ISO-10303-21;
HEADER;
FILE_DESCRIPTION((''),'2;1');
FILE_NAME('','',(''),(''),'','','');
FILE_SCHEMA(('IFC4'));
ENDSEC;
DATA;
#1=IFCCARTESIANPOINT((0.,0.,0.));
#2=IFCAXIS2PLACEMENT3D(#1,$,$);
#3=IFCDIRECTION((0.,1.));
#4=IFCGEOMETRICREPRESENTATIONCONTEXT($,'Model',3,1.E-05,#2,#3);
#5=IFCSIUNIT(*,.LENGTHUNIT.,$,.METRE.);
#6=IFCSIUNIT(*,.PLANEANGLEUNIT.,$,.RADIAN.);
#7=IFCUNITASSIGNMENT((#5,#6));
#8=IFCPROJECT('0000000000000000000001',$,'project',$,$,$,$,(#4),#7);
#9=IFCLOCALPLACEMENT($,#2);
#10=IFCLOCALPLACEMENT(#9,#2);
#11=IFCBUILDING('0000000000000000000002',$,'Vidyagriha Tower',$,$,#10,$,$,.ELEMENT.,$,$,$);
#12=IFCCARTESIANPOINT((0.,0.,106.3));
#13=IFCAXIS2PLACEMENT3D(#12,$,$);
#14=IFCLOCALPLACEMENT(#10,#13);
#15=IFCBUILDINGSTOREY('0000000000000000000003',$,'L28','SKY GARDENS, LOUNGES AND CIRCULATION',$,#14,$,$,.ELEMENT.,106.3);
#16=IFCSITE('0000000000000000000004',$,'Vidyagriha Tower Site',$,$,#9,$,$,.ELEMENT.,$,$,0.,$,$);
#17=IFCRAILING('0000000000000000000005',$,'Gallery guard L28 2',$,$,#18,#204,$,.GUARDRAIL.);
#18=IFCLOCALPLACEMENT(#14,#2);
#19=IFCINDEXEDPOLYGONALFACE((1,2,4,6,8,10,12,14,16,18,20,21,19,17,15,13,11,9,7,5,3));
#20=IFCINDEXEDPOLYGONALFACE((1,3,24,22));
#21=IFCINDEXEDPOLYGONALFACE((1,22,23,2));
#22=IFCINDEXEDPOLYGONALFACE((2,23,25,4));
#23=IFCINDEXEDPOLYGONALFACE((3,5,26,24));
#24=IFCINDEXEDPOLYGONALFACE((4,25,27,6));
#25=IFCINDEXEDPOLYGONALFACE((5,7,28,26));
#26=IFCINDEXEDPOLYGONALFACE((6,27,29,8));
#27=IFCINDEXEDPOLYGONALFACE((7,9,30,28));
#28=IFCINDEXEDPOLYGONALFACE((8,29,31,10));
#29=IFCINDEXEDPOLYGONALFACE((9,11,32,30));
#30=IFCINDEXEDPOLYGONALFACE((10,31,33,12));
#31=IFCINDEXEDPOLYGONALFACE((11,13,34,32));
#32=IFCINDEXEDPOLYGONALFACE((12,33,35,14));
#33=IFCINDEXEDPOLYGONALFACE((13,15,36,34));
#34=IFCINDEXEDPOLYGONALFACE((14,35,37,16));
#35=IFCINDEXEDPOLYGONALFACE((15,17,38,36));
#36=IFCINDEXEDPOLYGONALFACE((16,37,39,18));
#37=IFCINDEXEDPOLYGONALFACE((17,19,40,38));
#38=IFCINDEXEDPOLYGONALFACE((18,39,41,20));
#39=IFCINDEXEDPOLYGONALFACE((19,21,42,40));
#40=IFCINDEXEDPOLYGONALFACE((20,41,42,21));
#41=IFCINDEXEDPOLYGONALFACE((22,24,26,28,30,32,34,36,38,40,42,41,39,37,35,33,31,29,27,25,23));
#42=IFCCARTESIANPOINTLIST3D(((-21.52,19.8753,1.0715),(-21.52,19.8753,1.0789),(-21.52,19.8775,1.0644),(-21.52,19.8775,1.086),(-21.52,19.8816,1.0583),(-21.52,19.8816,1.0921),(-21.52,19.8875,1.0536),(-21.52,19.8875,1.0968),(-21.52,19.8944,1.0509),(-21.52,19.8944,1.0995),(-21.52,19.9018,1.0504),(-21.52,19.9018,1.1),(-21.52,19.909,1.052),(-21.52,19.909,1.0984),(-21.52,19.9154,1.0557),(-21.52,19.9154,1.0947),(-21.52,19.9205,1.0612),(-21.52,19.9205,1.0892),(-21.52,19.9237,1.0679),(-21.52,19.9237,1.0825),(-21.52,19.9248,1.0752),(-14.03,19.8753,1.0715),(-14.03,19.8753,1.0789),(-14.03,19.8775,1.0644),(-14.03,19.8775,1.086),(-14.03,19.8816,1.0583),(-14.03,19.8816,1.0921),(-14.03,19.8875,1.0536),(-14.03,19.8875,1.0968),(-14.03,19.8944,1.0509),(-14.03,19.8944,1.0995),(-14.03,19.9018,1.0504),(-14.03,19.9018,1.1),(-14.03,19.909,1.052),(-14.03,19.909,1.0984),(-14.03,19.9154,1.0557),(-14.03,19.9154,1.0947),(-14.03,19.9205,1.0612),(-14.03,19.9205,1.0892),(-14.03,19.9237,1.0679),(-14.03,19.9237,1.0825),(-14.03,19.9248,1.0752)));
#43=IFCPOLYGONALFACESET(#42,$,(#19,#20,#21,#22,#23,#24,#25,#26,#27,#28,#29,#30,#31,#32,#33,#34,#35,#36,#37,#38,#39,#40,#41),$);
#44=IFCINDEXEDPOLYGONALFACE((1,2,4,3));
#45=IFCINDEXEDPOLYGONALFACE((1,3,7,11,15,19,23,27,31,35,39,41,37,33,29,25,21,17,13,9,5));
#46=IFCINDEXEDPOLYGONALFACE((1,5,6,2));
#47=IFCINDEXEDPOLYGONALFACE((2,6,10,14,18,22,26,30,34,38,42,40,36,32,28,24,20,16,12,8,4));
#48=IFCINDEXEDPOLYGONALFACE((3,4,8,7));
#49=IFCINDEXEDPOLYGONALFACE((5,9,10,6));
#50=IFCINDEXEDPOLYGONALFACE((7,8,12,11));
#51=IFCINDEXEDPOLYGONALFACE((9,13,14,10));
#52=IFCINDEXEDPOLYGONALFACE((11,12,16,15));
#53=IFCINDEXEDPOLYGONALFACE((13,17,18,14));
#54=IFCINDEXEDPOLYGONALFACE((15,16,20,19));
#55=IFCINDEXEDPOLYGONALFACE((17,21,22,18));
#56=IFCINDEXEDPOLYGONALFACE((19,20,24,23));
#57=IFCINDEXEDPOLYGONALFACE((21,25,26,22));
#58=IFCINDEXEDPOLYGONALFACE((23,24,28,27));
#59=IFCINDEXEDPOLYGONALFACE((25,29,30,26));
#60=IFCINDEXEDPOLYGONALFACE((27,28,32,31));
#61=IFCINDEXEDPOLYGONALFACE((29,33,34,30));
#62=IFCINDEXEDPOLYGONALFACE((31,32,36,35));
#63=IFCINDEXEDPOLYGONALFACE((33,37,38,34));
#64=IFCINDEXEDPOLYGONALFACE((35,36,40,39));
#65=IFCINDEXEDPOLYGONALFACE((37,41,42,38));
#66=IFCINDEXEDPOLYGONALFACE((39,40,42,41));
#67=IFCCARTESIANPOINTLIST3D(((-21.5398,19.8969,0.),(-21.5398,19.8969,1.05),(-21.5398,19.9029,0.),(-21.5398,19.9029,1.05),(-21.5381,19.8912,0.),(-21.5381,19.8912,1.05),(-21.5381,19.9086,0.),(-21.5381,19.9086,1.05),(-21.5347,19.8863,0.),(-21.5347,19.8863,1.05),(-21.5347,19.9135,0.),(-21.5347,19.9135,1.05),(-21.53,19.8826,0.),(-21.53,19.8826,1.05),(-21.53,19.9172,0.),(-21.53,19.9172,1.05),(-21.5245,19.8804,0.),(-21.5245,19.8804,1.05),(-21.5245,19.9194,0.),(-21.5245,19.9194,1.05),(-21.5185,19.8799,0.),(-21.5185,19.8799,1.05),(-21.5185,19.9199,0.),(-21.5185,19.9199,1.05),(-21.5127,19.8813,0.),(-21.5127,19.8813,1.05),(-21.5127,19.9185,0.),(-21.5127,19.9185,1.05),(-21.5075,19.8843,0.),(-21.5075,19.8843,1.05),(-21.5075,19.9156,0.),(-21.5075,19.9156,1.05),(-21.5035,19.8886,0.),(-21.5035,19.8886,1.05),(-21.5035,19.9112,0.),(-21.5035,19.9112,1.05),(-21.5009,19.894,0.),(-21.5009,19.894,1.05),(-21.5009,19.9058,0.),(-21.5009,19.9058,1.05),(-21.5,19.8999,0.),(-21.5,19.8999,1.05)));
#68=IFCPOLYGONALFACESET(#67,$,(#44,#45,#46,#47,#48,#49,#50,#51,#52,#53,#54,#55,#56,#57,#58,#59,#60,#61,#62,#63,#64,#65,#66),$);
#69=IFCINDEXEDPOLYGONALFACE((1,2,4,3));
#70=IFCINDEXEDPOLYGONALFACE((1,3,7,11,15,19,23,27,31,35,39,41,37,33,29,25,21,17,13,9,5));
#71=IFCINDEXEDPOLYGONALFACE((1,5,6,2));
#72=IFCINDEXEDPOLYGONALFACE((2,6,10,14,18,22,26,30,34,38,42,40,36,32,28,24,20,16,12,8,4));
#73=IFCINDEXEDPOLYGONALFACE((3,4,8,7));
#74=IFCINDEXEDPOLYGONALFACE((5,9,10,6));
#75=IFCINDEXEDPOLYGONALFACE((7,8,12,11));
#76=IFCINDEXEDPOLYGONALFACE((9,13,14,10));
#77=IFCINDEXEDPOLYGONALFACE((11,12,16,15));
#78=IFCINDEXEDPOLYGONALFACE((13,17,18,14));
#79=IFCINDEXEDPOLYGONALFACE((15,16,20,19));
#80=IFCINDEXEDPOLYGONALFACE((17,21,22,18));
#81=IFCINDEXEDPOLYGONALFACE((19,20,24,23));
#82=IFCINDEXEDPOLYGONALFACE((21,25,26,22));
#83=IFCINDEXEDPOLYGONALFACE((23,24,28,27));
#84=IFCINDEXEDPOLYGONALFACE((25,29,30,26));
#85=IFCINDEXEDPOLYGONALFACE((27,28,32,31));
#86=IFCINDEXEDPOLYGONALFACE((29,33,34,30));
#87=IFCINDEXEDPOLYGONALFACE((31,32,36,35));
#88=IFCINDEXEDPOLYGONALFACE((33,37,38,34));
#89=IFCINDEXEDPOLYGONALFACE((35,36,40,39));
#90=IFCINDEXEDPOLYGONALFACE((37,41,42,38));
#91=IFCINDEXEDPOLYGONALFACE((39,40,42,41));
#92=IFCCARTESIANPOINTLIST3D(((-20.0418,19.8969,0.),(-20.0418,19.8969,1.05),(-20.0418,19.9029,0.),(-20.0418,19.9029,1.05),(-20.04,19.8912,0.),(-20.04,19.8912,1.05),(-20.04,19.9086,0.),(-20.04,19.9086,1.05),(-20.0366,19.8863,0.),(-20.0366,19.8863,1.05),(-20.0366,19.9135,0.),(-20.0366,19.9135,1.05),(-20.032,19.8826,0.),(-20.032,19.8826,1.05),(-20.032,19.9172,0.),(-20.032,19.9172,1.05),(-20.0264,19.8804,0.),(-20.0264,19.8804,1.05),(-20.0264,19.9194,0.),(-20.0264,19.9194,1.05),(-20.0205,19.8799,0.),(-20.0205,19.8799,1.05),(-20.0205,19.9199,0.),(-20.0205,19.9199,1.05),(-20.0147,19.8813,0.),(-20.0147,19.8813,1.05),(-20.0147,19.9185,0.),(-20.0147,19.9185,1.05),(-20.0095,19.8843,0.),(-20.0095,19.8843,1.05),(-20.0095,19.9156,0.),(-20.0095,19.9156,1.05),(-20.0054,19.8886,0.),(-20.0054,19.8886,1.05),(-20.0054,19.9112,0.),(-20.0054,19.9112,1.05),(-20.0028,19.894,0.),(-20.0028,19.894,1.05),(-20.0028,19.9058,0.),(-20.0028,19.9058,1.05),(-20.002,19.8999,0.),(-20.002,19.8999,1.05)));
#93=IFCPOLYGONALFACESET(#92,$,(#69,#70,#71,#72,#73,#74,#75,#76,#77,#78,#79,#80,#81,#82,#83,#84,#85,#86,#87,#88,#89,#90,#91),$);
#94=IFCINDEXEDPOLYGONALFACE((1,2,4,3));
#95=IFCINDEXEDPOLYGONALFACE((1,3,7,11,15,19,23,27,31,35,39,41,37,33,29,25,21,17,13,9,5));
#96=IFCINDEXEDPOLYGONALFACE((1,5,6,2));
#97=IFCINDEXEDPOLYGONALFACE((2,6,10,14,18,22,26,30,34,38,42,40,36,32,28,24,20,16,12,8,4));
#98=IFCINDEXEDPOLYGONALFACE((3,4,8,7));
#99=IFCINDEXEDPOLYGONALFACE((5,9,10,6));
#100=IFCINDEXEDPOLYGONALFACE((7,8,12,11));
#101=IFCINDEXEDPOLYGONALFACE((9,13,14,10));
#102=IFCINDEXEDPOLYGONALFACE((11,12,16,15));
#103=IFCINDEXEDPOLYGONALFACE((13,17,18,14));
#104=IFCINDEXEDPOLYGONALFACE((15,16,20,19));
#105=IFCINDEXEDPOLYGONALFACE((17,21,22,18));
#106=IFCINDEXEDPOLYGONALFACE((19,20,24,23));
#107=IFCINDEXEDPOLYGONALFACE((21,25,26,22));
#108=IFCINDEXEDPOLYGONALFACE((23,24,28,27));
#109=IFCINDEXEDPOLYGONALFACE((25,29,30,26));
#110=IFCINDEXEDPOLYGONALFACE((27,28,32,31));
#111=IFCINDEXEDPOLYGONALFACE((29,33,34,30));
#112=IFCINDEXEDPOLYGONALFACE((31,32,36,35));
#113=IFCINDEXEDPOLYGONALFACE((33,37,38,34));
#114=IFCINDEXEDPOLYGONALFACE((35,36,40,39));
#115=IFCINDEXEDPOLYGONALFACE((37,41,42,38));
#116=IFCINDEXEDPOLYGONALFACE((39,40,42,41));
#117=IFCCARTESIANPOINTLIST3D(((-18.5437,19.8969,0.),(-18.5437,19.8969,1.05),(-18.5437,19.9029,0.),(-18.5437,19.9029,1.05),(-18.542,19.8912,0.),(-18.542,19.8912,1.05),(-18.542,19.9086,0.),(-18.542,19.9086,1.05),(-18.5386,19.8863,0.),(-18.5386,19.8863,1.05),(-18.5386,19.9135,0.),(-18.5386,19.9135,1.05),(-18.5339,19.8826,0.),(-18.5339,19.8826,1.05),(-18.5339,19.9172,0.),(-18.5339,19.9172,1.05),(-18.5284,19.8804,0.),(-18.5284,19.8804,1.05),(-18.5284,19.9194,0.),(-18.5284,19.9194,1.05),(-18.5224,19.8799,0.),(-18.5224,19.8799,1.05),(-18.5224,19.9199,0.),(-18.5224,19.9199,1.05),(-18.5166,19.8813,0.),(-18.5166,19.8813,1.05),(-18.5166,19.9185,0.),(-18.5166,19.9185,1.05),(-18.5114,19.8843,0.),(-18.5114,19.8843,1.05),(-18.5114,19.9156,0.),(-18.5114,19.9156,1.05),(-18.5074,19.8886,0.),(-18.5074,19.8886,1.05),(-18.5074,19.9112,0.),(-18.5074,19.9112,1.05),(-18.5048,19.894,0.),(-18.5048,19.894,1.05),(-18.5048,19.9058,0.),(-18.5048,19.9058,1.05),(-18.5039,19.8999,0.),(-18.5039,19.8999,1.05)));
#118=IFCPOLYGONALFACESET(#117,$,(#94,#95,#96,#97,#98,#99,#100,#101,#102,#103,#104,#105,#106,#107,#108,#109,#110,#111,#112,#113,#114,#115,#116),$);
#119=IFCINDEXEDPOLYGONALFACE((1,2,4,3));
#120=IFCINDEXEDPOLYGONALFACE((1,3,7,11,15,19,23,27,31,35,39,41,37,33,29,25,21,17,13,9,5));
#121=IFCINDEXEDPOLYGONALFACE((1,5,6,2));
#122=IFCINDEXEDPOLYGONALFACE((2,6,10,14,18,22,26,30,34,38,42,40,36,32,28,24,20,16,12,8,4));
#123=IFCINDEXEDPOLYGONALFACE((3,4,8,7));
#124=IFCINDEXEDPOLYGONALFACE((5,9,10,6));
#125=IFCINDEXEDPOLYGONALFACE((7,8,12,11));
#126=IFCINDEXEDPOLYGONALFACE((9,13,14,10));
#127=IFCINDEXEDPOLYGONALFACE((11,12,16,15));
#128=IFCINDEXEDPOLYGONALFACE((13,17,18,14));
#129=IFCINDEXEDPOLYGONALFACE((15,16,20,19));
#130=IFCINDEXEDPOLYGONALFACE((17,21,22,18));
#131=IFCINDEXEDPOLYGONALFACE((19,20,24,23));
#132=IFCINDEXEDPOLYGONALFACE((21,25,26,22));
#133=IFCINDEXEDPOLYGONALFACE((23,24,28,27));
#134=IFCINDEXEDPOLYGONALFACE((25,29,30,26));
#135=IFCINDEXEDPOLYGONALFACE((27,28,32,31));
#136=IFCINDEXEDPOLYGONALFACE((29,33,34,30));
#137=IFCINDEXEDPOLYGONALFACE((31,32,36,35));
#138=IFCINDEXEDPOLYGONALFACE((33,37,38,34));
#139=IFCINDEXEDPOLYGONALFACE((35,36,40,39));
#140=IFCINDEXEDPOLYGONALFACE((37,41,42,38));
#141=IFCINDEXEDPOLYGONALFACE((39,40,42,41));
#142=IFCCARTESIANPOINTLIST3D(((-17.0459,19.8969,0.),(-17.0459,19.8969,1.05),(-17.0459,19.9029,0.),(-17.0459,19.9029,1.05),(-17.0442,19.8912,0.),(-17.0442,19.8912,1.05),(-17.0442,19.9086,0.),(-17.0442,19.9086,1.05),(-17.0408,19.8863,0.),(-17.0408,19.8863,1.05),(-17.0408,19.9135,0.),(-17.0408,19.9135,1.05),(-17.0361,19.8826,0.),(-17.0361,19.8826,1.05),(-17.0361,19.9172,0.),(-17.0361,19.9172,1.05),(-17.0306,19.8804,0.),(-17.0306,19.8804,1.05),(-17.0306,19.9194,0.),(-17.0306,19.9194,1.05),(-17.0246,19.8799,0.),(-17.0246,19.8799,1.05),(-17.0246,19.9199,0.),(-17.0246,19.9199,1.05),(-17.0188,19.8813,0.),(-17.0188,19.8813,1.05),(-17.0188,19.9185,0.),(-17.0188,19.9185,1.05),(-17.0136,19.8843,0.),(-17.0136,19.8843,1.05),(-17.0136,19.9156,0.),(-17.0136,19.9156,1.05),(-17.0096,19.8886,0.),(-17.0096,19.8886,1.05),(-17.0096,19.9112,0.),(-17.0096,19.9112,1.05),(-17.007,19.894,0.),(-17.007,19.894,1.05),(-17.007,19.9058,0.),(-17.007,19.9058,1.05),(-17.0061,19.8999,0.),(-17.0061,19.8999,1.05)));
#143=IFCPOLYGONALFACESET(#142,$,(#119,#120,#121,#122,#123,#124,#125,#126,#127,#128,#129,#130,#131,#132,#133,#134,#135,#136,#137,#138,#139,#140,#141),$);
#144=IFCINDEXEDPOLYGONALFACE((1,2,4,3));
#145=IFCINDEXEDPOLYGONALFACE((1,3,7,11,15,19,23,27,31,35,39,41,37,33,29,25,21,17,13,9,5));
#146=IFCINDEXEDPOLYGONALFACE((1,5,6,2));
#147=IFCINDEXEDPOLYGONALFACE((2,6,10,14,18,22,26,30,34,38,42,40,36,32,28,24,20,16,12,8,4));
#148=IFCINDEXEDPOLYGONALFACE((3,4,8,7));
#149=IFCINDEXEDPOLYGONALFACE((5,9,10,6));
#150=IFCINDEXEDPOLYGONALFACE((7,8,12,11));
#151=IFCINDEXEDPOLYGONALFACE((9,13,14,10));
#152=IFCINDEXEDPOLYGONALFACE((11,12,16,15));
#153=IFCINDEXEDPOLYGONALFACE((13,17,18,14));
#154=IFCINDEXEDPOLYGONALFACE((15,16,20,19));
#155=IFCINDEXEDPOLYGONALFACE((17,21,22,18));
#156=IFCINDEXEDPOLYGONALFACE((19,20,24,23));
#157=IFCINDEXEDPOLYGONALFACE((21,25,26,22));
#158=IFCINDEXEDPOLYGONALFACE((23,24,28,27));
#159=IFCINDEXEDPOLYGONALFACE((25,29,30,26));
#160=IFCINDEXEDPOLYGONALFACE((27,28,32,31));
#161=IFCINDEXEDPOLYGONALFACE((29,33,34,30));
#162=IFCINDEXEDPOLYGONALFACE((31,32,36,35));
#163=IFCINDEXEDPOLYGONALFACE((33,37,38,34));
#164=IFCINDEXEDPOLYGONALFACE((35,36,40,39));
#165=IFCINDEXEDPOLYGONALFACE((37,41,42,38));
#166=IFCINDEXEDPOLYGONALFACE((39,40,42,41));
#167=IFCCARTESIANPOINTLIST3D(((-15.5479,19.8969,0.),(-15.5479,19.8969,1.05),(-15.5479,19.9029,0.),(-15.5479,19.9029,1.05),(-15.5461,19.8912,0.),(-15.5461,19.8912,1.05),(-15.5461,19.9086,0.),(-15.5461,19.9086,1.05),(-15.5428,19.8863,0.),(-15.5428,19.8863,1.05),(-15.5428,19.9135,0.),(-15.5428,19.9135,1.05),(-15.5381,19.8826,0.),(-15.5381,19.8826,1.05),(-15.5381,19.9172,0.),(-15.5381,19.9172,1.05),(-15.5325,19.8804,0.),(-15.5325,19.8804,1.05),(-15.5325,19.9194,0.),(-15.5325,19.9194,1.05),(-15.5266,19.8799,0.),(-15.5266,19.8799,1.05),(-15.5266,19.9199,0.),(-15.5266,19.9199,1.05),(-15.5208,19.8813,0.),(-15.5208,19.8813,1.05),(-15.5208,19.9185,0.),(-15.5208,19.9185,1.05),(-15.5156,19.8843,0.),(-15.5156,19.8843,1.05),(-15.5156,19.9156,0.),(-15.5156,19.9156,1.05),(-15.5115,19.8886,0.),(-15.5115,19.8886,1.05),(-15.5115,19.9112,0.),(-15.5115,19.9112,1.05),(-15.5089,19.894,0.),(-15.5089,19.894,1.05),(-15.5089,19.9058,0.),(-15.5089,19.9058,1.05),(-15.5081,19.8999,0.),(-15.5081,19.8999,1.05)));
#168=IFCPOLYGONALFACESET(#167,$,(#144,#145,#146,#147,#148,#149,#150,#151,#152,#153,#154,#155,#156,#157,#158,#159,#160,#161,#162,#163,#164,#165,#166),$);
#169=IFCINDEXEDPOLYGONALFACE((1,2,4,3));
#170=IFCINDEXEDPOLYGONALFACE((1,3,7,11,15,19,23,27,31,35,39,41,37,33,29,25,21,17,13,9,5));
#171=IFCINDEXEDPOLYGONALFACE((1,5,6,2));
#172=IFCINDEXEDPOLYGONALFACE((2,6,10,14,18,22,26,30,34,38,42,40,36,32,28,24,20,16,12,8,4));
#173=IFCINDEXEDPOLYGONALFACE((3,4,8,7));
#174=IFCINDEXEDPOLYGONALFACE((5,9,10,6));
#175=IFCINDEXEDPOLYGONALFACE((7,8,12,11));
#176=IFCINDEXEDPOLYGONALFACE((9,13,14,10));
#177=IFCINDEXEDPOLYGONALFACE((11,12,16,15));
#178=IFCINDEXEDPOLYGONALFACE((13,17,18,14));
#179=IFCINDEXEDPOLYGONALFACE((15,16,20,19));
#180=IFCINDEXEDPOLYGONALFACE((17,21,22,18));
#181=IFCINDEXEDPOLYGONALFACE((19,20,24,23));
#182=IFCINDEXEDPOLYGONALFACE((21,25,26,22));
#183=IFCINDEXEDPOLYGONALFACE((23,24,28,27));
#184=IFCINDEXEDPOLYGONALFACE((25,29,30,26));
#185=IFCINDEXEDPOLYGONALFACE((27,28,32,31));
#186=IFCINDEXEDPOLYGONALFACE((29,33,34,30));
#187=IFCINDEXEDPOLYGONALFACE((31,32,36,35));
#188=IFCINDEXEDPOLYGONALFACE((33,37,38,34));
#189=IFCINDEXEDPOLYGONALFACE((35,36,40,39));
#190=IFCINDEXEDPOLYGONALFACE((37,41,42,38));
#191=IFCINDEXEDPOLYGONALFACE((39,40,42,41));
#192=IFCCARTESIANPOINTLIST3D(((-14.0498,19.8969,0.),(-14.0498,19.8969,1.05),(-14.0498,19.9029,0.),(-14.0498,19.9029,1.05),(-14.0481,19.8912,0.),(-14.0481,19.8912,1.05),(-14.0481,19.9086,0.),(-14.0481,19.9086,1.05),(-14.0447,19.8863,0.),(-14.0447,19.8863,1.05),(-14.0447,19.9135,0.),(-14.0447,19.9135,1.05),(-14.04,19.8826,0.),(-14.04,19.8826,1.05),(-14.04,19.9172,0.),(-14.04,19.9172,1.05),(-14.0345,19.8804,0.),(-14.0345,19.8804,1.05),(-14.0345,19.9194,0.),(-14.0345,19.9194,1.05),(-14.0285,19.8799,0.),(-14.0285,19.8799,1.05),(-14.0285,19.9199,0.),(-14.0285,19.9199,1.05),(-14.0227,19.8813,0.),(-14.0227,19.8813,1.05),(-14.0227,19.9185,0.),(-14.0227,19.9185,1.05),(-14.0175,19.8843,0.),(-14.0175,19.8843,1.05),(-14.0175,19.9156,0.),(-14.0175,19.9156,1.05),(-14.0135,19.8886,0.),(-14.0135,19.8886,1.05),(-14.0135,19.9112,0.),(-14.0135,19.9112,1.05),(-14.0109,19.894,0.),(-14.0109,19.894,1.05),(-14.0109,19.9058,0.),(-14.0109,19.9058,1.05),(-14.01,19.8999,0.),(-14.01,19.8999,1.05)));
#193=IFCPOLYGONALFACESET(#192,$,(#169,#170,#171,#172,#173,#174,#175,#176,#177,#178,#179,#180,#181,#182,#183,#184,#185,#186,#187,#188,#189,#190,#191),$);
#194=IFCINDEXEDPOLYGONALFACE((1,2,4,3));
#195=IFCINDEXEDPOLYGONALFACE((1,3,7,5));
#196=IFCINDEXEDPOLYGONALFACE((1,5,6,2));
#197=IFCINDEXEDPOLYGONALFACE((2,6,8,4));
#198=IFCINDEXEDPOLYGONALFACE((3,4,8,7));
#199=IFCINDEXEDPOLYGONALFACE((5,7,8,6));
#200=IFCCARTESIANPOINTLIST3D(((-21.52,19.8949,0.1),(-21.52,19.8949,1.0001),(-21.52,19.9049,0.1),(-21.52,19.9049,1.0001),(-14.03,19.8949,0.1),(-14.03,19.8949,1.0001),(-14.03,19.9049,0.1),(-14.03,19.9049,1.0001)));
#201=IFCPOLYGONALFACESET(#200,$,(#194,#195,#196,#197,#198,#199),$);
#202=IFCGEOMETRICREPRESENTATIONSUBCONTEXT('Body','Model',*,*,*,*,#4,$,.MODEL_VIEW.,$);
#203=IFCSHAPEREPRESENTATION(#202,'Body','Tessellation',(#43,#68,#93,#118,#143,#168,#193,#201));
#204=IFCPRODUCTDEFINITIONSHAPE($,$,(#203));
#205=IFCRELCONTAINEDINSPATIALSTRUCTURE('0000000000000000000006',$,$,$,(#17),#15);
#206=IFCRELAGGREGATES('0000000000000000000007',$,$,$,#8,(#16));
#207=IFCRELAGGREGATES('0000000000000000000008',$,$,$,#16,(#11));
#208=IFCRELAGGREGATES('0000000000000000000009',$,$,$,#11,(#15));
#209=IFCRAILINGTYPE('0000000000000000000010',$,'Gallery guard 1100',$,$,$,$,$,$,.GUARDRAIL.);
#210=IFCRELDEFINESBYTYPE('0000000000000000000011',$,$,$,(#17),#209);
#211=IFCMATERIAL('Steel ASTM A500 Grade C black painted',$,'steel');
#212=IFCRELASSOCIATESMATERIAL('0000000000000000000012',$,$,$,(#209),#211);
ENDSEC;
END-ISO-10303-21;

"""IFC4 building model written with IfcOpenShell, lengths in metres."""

from ifc_helpers import new_model, si_unit, direction, frame, origin, origin_2d, place, context, subcontext, project, spatial, rectangle, circle, extrude, material, type_object, element, save


model = new_model("IFC4")

# Units and contexts
model_context = context("Model", 3, precision=1e-05, world=origin(), true_north=direction((0.0, 1.0)))
body_context = subcontext(model_context, "Body", "Model", "MODEL_VIEW")
ifc_project = project(units=[si_unit("LENGTHUNIT", "METRE"), si_unit("PLANEANGLEUNIT", "RADIAN")], contexts=[model_context])

# Site, building, storey
site_placement = place(None, origin())
site = spatial("IfcSite", under=ifc_project, at=site_placement, Name="Vidyagriha Tower Site", CompositionType="ELEMENT", RefElevation=0.0)
building_placement = place(site_placement, origin())
building = spatial("IfcBuilding", under=site, at=building_placement, Name="Vidyagriha Tower", CompositionType="ELEMENT")
storey_placement = place(building_placement, frame((0.0, 0.0, 106.3)))
storey = spatial("IfcBuildingStorey", under=building, at=storey_placement, Name="L28", Description="SKY GARDENS, LOUNGES AND CIRCULATION", CompositionType="ELEMENT", Elevation=106.3)

# Railing
ifc_material_1 = material(Name="Steel ASTM A500 Grade C black painted", Category="steel")
railing_type_1 = type_object("IfcRailingType", Name="Gallery guard 1100", PredefinedType="GUARDRAIL", material=ifc_material_1)
railing_1_placement = place(storey_placement, frame((-21.52, 19.8999, 0.0)))
element("IfcRailing", 1, at=railing_1_placement, inside=storey, type_object=railing_type_1, Name="Gallery guard L28 2", PredefinedType="GUARDRAIL", context=body_context, shape_type="SweptSolid", body=[
    extrude(circle(Radius=0.0249, at=origin_2d()), frame((0.0, 0.0, 1.0752), z_axis=(1.0, 0.0, 0.0), x_axis=(0.0, 1.0, 0.0)), (0.0, 0.0, 1.0), 7.49),
    extrude(circle(Radius=0.02, at=origin_2d()), origin(), (0.0, 0.0, 1.0), 1.05),
    extrude(circle(Radius=0.02, at=origin_2d()), frame((1.498, 0.0, 0.0)), (0.0, 0.0, 1.0), 1.05),
    extrude(circle(Radius=0.02, at=origin_2d()), frame((2.9961, 0.0, 0.0)), (0.0, 0.0, 1.0), 1.05),
    extrude(circle(Radius=0.02, at=origin_2d()), frame((4.4939, 0.0, 0.0)), (0.0, 0.0, 1.0), 1.05),
    extrude(circle(Radius=0.02, at=origin_2d()), frame((5.9919, 0.0, 0.0)), (0.0, 0.0, 1.0), 1.05),
    extrude(circle(Radius=0.02, at=origin_2d()), frame((7.49, 0.0, 0.0)), (0.0, 0.0, 1.0), 1.05),
    extrude(rectangle(XDim=0.01, YDim=0.9001, at=origin_2d()), frame((0.0, 0.0, 0.55), z_axis=(1.0, 0.0, 0.0), x_axis=(0.0, 1.0, 0.0)), (0.0, 0.0, 1.0), 7.49),
])

save(model, "model.ifc")
